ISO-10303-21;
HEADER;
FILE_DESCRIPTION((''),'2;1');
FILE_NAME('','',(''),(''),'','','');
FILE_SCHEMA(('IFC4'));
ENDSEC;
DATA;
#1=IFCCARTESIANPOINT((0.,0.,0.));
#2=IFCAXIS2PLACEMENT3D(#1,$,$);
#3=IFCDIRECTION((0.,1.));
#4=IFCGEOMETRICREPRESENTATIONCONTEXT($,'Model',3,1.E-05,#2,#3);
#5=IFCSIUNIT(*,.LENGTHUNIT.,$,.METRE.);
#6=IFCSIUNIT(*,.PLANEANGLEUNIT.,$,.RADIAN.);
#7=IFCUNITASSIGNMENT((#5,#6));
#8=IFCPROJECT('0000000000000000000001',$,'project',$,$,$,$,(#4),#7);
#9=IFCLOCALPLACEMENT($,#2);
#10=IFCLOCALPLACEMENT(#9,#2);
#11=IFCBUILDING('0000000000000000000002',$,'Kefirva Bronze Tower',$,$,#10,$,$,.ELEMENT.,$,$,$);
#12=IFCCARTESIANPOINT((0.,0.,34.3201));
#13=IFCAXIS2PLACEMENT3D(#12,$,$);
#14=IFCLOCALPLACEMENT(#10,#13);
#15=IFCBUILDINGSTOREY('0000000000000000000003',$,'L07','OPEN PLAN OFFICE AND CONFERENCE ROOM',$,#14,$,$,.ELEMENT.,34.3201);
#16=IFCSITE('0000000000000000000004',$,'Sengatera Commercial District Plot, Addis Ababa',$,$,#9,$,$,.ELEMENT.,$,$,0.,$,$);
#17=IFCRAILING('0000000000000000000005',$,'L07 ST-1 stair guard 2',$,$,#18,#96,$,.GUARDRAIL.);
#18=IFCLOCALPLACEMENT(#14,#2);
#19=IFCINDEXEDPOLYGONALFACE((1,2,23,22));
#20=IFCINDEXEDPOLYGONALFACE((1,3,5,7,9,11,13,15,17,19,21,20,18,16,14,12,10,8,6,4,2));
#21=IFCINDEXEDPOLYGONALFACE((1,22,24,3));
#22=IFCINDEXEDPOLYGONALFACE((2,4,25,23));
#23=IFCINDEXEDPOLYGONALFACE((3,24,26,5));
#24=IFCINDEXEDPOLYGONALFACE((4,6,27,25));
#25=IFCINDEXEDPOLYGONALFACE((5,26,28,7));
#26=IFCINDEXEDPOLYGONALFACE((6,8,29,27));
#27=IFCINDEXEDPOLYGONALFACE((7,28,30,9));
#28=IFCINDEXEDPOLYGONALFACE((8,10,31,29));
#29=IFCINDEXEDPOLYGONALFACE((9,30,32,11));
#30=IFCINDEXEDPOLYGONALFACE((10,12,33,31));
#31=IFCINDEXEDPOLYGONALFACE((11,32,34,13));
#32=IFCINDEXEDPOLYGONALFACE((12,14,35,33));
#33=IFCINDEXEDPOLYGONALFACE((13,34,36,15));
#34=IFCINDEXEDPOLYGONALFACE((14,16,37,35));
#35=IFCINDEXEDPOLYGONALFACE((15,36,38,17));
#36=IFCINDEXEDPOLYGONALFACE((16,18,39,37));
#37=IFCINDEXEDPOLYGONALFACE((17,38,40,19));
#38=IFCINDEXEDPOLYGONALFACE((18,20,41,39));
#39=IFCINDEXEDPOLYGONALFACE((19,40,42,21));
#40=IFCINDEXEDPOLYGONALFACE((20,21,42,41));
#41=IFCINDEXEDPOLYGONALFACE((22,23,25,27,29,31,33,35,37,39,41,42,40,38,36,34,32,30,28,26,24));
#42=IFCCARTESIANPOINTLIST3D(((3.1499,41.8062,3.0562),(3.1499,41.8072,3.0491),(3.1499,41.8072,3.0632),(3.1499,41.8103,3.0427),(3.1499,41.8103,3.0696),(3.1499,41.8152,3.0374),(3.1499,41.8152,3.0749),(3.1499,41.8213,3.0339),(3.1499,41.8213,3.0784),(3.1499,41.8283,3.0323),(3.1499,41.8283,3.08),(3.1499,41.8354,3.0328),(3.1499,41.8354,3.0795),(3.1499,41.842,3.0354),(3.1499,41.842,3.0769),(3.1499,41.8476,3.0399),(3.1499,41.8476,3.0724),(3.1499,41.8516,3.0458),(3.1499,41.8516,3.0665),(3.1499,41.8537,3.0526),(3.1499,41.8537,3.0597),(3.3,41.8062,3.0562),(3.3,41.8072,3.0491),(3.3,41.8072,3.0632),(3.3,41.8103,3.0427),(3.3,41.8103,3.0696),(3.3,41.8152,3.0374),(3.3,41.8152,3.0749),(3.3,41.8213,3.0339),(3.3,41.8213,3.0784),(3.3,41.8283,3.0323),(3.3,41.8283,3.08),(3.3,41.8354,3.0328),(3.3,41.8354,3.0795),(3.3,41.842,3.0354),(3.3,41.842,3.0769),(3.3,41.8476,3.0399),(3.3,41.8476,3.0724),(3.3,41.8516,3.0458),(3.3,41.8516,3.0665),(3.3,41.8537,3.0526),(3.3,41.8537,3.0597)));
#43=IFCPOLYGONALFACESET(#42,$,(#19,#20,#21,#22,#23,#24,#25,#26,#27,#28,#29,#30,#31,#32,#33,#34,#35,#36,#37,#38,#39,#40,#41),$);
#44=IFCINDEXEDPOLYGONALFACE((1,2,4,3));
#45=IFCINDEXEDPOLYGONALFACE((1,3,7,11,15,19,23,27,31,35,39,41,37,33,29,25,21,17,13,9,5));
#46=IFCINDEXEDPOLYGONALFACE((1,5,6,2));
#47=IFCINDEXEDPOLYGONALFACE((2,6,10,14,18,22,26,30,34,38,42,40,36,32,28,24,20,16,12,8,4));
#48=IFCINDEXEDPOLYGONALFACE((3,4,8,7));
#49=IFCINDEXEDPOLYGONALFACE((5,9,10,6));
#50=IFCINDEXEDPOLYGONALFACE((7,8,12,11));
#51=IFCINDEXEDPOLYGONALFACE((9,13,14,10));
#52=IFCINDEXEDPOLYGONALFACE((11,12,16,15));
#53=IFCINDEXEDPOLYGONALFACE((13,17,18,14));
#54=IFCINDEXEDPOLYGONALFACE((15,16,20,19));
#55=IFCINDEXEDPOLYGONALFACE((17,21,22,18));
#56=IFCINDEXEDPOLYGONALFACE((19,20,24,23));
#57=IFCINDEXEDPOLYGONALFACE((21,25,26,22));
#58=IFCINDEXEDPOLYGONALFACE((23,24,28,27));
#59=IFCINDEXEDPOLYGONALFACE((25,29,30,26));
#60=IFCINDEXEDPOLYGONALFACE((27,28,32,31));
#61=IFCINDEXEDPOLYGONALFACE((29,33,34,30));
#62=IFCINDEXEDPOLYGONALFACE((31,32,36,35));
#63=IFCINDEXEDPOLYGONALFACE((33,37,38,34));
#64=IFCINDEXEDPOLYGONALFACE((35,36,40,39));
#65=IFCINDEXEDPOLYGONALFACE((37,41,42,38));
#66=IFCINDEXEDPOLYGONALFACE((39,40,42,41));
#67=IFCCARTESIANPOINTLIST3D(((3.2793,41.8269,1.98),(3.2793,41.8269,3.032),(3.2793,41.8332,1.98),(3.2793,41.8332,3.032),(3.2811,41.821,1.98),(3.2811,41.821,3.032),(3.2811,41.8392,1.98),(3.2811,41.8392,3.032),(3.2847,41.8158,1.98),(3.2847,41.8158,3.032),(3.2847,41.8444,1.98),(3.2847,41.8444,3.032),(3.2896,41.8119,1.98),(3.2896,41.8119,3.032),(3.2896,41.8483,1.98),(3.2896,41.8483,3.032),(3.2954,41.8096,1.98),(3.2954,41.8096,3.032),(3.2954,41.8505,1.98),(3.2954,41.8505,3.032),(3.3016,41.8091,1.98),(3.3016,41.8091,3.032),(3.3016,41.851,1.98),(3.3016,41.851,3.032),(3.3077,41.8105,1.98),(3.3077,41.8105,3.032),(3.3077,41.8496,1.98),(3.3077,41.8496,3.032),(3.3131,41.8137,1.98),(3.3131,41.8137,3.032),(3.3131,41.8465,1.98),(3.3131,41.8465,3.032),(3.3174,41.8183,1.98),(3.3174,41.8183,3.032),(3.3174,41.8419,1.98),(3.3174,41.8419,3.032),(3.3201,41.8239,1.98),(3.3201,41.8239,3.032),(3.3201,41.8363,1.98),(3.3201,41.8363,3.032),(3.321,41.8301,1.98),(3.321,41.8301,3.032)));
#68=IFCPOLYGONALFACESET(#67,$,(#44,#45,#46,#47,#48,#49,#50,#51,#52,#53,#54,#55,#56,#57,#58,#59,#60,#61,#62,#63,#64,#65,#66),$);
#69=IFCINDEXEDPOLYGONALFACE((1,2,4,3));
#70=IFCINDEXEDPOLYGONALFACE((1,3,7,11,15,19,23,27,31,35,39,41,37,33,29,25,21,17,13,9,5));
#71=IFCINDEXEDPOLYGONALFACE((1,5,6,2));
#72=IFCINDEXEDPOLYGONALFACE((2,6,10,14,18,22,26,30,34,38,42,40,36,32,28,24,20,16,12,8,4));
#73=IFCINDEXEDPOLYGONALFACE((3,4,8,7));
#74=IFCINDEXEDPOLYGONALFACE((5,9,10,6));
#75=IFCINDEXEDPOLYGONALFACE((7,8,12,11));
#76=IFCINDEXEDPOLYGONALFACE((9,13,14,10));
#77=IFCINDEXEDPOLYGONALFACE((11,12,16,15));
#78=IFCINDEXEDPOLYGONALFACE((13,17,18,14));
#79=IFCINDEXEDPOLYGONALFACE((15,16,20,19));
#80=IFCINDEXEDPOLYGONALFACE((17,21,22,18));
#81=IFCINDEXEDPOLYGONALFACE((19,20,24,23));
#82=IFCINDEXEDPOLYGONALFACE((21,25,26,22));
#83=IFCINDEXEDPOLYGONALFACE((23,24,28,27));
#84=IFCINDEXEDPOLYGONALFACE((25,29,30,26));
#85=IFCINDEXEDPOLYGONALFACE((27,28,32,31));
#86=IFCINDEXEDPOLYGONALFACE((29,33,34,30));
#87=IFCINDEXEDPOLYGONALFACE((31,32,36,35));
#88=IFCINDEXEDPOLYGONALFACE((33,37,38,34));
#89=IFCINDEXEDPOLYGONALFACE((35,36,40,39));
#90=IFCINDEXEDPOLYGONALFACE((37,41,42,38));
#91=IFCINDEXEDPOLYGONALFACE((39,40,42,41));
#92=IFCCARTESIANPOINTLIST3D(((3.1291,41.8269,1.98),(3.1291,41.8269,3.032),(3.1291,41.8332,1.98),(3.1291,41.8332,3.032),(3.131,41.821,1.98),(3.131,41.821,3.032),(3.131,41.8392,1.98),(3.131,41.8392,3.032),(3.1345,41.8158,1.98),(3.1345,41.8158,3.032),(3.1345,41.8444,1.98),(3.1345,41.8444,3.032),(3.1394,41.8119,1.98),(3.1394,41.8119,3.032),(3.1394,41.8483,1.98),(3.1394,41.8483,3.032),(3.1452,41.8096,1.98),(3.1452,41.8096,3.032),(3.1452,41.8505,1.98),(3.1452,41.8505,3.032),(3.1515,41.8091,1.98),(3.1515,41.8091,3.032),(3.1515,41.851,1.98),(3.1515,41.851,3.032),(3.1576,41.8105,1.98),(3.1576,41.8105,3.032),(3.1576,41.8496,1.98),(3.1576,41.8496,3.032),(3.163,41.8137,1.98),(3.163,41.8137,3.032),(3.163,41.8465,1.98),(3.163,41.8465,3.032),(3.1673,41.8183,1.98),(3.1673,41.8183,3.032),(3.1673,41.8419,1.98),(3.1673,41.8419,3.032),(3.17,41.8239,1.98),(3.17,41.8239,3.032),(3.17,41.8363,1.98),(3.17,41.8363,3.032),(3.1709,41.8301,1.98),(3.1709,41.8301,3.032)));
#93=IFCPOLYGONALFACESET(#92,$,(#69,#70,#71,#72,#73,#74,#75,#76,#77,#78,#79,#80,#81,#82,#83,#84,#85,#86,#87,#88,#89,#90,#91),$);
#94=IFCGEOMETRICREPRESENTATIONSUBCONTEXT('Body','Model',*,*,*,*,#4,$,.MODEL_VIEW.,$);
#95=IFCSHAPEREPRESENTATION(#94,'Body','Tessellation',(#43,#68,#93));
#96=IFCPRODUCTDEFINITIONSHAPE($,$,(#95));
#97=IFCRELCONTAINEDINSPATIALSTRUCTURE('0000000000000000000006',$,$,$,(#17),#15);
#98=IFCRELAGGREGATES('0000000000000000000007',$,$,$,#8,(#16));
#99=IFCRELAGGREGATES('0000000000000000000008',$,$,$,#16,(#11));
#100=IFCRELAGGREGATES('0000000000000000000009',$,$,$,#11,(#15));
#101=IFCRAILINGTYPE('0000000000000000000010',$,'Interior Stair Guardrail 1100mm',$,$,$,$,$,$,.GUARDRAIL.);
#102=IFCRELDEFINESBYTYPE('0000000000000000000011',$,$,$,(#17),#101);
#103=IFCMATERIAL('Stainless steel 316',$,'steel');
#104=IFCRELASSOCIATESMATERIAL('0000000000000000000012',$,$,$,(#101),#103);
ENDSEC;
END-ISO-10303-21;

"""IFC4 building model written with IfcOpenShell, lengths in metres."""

from ifc_helpers import new_model, si_unit, direction, frame, origin, origin_2d, place, context, subcontext, project, spatial, circle, extrude, material, type_object, element, save


model = new_model("IFC4")

# Units and contexts
model_context = context("Model", 3, precision=1e-05, world=origin(), true_north=direction((0.0, 1.0)))
body_context = subcontext(model_context, "Body", "Model", "MODEL_VIEW")
ifc_project = project(units=[si_unit("LENGTHUNIT", "METRE"), si_unit("PLANEANGLEUNIT", "RADIAN")], contexts=[model_context])

# Site, building, storey
site_placement = place(None, origin())
site = spatial("IfcSite", under=ifc_project, at=site_placement, Name="Sengatera Commercial District Plot, Addis Ababa", CompositionType="ELEMENT", RefElevation=0.0)
building_placement = place(site_placement, origin())
building = spatial("IfcBuilding", under=site, at=building_placement, Name="Kefirva Bronze Tower", CompositionType="ELEMENT")
storey_placement = place(building_placement, frame((0.0, 0.0, 34.3201)))
storey = spatial("IfcBuildingStorey", under=building, at=storey_placement, Name="L07", Description="OPEN PLAN OFFICE AND CONFERENCE ROOM", CompositionType="ELEMENT", Elevation=34.3201)

# Railing
ifc_material_1 = material(Name="Stainless steel 316", Category="steel")
railing_type_1 = type_object("IfcRailingType", Name="Interior Stair Guardrail 1100mm", PredefinedType="GUARDRAIL", material=ifc_material_1)
railing_1_placement = place(storey_placement, frame((3.3, 41.8301, 1.98)))
element("IfcRailing", 1, at=railing_1_placement, inside=storey, type_object=railing_type_1, Name="L07 ST-1 stair guard 2", PredefinedType="GUARDRAIL", context=body_context, shape_type="SweptSolid", body=[
    extrude(circle(Radius=0.0239, at=origin_2d()), frame((0.0, 0.0, 1.0762), z_axis=(-1.0, 0.0, 0.0), x_axis=(0.0, -1.0, 0.0)), (0.0, 0.0, 1.0), 0.1501),
    extrude(circle(Radius=0.021, at=origin_2d()), origin(), (0.0, 0.0, 1.0), 1.052),
    extrude(circle(Radius=0.021, at=origin_2d()), frame((-0.1501, 0.0, 0.0)), (0.0, 0.0, 1.0), 1.052),
])

save(model, "model.ifc")
